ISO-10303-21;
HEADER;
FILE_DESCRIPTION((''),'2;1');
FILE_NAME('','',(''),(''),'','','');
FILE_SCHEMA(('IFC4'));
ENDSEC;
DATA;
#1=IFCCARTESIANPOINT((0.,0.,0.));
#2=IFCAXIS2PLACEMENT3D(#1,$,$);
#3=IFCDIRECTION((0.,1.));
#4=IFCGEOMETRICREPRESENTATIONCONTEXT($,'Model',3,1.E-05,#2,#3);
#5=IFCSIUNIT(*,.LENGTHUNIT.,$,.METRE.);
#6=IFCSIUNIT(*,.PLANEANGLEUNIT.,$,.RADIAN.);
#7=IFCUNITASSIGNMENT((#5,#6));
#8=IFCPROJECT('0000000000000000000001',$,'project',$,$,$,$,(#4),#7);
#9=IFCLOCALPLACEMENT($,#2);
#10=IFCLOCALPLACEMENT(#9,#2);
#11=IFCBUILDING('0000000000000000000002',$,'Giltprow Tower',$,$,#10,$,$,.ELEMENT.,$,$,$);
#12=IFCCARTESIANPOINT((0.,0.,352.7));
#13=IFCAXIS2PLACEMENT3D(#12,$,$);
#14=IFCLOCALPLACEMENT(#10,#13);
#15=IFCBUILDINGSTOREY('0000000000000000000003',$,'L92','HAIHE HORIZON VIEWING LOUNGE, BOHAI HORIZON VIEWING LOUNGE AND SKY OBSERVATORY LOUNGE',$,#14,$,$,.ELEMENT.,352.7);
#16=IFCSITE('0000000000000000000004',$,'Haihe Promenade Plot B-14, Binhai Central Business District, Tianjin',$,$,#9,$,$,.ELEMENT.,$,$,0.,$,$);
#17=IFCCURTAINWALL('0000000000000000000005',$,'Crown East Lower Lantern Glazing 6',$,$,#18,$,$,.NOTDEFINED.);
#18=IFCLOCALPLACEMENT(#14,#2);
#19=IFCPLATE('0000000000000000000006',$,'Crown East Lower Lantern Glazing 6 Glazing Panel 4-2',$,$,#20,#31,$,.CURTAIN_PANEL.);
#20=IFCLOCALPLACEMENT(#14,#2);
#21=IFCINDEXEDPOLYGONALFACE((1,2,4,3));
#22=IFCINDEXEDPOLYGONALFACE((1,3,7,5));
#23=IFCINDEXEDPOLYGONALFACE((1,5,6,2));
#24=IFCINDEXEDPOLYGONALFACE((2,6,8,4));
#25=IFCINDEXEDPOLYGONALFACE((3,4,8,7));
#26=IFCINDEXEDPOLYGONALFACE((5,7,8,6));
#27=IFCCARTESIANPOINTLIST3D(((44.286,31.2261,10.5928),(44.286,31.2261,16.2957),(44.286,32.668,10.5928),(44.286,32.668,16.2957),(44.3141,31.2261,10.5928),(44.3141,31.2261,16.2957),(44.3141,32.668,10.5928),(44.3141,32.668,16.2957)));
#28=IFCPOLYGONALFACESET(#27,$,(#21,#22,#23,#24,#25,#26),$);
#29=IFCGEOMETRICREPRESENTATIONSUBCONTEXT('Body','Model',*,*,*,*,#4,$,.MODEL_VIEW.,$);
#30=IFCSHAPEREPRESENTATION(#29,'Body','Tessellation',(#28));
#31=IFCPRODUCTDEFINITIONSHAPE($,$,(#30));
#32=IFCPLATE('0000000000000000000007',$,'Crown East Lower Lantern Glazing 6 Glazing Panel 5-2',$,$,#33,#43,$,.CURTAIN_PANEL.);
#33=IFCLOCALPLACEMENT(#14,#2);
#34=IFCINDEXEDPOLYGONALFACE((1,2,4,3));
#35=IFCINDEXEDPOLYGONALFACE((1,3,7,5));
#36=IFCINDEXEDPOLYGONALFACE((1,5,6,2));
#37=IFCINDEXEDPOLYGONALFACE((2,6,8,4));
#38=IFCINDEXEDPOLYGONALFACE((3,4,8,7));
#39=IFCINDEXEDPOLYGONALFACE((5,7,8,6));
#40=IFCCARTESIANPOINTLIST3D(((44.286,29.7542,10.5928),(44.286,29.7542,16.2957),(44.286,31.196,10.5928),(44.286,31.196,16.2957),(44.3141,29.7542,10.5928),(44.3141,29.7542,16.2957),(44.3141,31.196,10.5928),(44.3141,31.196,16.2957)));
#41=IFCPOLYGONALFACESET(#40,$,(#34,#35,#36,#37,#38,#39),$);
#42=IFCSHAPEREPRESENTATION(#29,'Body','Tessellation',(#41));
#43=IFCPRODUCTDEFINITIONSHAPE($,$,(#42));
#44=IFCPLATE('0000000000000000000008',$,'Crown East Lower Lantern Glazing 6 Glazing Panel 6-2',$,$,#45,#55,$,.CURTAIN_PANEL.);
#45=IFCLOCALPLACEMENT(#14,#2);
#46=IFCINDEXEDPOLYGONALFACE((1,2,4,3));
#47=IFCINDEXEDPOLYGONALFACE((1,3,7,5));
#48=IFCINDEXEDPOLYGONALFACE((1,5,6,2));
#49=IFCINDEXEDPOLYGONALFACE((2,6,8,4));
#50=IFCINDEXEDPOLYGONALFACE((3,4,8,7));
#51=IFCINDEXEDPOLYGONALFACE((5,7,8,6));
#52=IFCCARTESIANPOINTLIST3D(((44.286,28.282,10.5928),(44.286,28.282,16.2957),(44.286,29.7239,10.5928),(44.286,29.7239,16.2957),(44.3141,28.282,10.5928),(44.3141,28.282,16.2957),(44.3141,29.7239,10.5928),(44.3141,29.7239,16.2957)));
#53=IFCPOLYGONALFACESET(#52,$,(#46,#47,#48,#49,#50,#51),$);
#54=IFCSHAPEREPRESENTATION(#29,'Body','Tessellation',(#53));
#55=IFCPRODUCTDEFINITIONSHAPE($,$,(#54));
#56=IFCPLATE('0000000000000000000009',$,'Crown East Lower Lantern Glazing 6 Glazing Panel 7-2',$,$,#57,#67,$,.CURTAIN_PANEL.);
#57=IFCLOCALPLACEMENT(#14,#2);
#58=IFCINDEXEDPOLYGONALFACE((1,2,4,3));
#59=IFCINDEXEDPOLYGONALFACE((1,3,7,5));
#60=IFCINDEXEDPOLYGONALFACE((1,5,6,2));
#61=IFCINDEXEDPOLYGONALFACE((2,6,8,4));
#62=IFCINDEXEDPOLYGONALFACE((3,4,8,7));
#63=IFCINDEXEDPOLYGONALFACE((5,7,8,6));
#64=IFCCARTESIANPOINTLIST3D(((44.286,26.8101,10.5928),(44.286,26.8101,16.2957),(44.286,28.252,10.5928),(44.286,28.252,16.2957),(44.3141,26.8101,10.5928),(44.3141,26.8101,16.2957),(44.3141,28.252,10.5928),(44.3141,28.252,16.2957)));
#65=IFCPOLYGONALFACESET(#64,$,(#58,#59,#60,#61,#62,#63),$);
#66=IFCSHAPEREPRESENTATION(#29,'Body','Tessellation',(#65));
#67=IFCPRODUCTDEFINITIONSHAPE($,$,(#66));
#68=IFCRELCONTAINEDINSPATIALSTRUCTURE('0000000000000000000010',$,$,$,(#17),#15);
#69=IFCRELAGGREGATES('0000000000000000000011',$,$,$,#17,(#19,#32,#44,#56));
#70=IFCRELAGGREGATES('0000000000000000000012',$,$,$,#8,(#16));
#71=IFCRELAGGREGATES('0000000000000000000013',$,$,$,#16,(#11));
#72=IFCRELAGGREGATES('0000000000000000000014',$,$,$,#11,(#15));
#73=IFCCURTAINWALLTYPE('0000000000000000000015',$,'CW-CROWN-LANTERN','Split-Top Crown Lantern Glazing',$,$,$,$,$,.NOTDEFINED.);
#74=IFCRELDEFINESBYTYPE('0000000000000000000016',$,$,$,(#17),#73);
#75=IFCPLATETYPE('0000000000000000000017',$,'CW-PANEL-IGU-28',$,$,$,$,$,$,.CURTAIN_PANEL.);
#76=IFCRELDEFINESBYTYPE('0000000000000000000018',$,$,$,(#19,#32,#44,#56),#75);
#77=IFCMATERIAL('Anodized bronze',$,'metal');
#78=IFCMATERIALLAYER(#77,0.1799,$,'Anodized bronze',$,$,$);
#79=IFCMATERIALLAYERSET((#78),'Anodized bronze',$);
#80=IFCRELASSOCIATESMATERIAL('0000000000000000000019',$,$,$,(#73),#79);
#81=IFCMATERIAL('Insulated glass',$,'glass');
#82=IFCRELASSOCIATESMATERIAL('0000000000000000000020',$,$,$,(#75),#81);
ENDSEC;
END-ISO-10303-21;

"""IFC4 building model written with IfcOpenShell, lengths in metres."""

from ifc_helpers import new_model, si_unit, direction, frame, origin, origin_2d, place, context, subcontext, project, spatial, rectangle, extrude, source, transform, mapped, material, layer, layer_set, type_object, element, aggregate, save


model = new_model("IFC4")

# Units and contexts
model_context = context("Model", 3, precision=1e-05, world=origin(), true_north=direction((0.0, 1.0)))
body_context = subcontext(model_context, "Body", "Model", "MODEL_VIEW")
ifc_project = project(units=[si_unit("LENGTHUNIT", "METRE"), si_unit("PLANEANGLEUNIT", "RADIAN")], contexts=[model_context])

# Site, building, storey
site_placement = place(None, origin())
site = spatial("IfcSite", under=ifc_project, at=site_placement, Name="Haihe Promenade Plot B-14, Binhai Central Business District, Tianjin", CompositionType="ELEMENT", RefElevation=0.0)
building_placement = place(site_placement, origin())
building = spatial("IfcBuilding", under=site, at=building_placement, Name="Giltprow Tower", CompositionType="ELEMENT")
storey_placement = place(building_placement, frame((0.0, 0.0, 352.7)))
storey = spatial("IfcBuildingStorey", under=building, at=storey_placement, Name="L92", Description="HAIHE HORIZON VIEWING LOUNGE, BOHAI HORIZON VIEWING LOUNGE AND SKY OBSERVATORY LOUNGE", CompositionType="ELEMENT", Elevation=352.7)

# Shared definitions
ifc_material_1 = material(Name="Anodized bronze", Category="metal")
ifc_layer = layer(ifc_material_1, 0.1799, Name="Anodized bronze")
ifc_layer_set = layer_set([ifc_layer], Name="Anodized bronze")
curtain_wall_type = type_object("IfcCurtainWallType", Name="CW-CROWN-LANTERN", Description="Split-Top Crown Lantern Glazing", PredefinedType="NOTDEFINED", material=ifc_layer_set)

# Curtain wall, plates
ifc_material_2 = material(Name="Insulated glass", Category="glass")
plate_type = type_object("IfcPlateType", Name="CW-PANEL-IGU-28", PredefinedType="CURTAIN_PANEL", material=ifc_material_2)
shared_shape_1 = source(origin(), body_context, "Body", "SweptSolid", [
    extrude(rectangle(XDim=1.4419, YDim=0.0281, at=origin_2d()), origin(), (0.0, 0.0, 1.0), 5.7029),
])
curtain_wall_1_placement = place(storey_placement, origin())
curtain_wall_1 = element("IfcCurtainWall", 1, at=curtain_wall_1_placement, inside=storey, type_object=curtain_wall_type, Name="Crown East Lower Lantern Glazing 6", PredefinedType="NOTDEFINED")
plate_1_placement = place(storey_placement, frame((44.3, 31.947, 10.5928), z_axis=(0.0, 0.0, 1.0), x_axis=(0.0, -1.0, 0.0)))
plate_1 = element("IfcPlate", 2, at=plate_1_placement, type_object=plate_type, Name="Crown East Lower Lantern Glazing 6 Glazing Panel 4-2", PredefinedType="CURTAIN_PANEL", context=body_context, shape_type="MappedRepresentation", body=[
    mapped(shared_shape_1, transform((0.0, 0.0, 0.0), x_axis=(1.0, 0.0, 0.0), y_axis=(0.0, 1.0, 0.0), z_axis=(0.0, 0.0, 1.0), scale=1.0)),
])
plate_2_placement = place(storey_placement, frame((44.3, 30.4751, 10.5928), z_axis=(0.0, 0.0, 1.0), x_axis=(0.0, -1.0, 0.0)))
plate_2 = element("IfcPlate", 3, at=plate_2_placement, type_object=plate_type, Name="Crown East Lower Lantern Glazing 6 Glazing Panel 5-2", PredefinedType="CURTAIN_PANEL", context=body_context, shape_type="MappedRepresentation", body=[
    mapped(shared_shape_1, transform((0.0, 0.0, 0.0), x_axis=(1.0, 0.0, 0.0), y_axis=(0.0, 1.0, 0.0), z_axis=(0.0, 0.0, 1.0), scale=1.0)),
])
plate_3_placement = place(storey_placement, frame((44.3, 29.0029, 10.5928), z_axis=(0.0, 0.0, 1.0), x_axis=(0.0, -1.0, 0.0)))
plate_3 = element("IfcPlate", 4, at=plate_3_placement, type_object=plate_type, Name="Crown East Lower Lantern Glazing 6 Glazing Panel 6-2", PredefinedType="CURTAIN_PANEL", context=body_context, shape_type="MappedRepresentation", body=[
    mapped(shared_shape_1, transform((0.0, 0.0, 0.0), x_axis=(1.0, 0.0, 0.0), y_axis=(0.0, 1.0, 0.0), z_axis=(0.0, 0.0, 1.0), scale=1.0)),
])
plate_4_placement = place(storey_placement, frame((44.3, 27.531, 10.5928), z_axis=(0.0, 0.0, 1.0), x_axis=(0.0, -1.0, 0.0)))
plate_4 = element("IfcPlate", 5, at=plate_4_placement, type_object=plate_type, Name="Crown East Lower Lantern Glazing 6 Glazing Panel 7-2", PredefinedType="CURTAIN_PANEL", context=body_context, shape_type="MappedRepresentation", body=[
    mapped(shared_shape_1, transform((0.0, 0.0, 0.0), x_axis=(1.0, 0.0, 0.0), y_axis=(0.0, 1.0, 0.0), z_axis=(0.0, 0.0, 1.0), scale=1.0)),
])
aggregate(curtain_wall_1, [plate_1, plate_2, plate_3, plate_4])

save(model, "model.ifc")
